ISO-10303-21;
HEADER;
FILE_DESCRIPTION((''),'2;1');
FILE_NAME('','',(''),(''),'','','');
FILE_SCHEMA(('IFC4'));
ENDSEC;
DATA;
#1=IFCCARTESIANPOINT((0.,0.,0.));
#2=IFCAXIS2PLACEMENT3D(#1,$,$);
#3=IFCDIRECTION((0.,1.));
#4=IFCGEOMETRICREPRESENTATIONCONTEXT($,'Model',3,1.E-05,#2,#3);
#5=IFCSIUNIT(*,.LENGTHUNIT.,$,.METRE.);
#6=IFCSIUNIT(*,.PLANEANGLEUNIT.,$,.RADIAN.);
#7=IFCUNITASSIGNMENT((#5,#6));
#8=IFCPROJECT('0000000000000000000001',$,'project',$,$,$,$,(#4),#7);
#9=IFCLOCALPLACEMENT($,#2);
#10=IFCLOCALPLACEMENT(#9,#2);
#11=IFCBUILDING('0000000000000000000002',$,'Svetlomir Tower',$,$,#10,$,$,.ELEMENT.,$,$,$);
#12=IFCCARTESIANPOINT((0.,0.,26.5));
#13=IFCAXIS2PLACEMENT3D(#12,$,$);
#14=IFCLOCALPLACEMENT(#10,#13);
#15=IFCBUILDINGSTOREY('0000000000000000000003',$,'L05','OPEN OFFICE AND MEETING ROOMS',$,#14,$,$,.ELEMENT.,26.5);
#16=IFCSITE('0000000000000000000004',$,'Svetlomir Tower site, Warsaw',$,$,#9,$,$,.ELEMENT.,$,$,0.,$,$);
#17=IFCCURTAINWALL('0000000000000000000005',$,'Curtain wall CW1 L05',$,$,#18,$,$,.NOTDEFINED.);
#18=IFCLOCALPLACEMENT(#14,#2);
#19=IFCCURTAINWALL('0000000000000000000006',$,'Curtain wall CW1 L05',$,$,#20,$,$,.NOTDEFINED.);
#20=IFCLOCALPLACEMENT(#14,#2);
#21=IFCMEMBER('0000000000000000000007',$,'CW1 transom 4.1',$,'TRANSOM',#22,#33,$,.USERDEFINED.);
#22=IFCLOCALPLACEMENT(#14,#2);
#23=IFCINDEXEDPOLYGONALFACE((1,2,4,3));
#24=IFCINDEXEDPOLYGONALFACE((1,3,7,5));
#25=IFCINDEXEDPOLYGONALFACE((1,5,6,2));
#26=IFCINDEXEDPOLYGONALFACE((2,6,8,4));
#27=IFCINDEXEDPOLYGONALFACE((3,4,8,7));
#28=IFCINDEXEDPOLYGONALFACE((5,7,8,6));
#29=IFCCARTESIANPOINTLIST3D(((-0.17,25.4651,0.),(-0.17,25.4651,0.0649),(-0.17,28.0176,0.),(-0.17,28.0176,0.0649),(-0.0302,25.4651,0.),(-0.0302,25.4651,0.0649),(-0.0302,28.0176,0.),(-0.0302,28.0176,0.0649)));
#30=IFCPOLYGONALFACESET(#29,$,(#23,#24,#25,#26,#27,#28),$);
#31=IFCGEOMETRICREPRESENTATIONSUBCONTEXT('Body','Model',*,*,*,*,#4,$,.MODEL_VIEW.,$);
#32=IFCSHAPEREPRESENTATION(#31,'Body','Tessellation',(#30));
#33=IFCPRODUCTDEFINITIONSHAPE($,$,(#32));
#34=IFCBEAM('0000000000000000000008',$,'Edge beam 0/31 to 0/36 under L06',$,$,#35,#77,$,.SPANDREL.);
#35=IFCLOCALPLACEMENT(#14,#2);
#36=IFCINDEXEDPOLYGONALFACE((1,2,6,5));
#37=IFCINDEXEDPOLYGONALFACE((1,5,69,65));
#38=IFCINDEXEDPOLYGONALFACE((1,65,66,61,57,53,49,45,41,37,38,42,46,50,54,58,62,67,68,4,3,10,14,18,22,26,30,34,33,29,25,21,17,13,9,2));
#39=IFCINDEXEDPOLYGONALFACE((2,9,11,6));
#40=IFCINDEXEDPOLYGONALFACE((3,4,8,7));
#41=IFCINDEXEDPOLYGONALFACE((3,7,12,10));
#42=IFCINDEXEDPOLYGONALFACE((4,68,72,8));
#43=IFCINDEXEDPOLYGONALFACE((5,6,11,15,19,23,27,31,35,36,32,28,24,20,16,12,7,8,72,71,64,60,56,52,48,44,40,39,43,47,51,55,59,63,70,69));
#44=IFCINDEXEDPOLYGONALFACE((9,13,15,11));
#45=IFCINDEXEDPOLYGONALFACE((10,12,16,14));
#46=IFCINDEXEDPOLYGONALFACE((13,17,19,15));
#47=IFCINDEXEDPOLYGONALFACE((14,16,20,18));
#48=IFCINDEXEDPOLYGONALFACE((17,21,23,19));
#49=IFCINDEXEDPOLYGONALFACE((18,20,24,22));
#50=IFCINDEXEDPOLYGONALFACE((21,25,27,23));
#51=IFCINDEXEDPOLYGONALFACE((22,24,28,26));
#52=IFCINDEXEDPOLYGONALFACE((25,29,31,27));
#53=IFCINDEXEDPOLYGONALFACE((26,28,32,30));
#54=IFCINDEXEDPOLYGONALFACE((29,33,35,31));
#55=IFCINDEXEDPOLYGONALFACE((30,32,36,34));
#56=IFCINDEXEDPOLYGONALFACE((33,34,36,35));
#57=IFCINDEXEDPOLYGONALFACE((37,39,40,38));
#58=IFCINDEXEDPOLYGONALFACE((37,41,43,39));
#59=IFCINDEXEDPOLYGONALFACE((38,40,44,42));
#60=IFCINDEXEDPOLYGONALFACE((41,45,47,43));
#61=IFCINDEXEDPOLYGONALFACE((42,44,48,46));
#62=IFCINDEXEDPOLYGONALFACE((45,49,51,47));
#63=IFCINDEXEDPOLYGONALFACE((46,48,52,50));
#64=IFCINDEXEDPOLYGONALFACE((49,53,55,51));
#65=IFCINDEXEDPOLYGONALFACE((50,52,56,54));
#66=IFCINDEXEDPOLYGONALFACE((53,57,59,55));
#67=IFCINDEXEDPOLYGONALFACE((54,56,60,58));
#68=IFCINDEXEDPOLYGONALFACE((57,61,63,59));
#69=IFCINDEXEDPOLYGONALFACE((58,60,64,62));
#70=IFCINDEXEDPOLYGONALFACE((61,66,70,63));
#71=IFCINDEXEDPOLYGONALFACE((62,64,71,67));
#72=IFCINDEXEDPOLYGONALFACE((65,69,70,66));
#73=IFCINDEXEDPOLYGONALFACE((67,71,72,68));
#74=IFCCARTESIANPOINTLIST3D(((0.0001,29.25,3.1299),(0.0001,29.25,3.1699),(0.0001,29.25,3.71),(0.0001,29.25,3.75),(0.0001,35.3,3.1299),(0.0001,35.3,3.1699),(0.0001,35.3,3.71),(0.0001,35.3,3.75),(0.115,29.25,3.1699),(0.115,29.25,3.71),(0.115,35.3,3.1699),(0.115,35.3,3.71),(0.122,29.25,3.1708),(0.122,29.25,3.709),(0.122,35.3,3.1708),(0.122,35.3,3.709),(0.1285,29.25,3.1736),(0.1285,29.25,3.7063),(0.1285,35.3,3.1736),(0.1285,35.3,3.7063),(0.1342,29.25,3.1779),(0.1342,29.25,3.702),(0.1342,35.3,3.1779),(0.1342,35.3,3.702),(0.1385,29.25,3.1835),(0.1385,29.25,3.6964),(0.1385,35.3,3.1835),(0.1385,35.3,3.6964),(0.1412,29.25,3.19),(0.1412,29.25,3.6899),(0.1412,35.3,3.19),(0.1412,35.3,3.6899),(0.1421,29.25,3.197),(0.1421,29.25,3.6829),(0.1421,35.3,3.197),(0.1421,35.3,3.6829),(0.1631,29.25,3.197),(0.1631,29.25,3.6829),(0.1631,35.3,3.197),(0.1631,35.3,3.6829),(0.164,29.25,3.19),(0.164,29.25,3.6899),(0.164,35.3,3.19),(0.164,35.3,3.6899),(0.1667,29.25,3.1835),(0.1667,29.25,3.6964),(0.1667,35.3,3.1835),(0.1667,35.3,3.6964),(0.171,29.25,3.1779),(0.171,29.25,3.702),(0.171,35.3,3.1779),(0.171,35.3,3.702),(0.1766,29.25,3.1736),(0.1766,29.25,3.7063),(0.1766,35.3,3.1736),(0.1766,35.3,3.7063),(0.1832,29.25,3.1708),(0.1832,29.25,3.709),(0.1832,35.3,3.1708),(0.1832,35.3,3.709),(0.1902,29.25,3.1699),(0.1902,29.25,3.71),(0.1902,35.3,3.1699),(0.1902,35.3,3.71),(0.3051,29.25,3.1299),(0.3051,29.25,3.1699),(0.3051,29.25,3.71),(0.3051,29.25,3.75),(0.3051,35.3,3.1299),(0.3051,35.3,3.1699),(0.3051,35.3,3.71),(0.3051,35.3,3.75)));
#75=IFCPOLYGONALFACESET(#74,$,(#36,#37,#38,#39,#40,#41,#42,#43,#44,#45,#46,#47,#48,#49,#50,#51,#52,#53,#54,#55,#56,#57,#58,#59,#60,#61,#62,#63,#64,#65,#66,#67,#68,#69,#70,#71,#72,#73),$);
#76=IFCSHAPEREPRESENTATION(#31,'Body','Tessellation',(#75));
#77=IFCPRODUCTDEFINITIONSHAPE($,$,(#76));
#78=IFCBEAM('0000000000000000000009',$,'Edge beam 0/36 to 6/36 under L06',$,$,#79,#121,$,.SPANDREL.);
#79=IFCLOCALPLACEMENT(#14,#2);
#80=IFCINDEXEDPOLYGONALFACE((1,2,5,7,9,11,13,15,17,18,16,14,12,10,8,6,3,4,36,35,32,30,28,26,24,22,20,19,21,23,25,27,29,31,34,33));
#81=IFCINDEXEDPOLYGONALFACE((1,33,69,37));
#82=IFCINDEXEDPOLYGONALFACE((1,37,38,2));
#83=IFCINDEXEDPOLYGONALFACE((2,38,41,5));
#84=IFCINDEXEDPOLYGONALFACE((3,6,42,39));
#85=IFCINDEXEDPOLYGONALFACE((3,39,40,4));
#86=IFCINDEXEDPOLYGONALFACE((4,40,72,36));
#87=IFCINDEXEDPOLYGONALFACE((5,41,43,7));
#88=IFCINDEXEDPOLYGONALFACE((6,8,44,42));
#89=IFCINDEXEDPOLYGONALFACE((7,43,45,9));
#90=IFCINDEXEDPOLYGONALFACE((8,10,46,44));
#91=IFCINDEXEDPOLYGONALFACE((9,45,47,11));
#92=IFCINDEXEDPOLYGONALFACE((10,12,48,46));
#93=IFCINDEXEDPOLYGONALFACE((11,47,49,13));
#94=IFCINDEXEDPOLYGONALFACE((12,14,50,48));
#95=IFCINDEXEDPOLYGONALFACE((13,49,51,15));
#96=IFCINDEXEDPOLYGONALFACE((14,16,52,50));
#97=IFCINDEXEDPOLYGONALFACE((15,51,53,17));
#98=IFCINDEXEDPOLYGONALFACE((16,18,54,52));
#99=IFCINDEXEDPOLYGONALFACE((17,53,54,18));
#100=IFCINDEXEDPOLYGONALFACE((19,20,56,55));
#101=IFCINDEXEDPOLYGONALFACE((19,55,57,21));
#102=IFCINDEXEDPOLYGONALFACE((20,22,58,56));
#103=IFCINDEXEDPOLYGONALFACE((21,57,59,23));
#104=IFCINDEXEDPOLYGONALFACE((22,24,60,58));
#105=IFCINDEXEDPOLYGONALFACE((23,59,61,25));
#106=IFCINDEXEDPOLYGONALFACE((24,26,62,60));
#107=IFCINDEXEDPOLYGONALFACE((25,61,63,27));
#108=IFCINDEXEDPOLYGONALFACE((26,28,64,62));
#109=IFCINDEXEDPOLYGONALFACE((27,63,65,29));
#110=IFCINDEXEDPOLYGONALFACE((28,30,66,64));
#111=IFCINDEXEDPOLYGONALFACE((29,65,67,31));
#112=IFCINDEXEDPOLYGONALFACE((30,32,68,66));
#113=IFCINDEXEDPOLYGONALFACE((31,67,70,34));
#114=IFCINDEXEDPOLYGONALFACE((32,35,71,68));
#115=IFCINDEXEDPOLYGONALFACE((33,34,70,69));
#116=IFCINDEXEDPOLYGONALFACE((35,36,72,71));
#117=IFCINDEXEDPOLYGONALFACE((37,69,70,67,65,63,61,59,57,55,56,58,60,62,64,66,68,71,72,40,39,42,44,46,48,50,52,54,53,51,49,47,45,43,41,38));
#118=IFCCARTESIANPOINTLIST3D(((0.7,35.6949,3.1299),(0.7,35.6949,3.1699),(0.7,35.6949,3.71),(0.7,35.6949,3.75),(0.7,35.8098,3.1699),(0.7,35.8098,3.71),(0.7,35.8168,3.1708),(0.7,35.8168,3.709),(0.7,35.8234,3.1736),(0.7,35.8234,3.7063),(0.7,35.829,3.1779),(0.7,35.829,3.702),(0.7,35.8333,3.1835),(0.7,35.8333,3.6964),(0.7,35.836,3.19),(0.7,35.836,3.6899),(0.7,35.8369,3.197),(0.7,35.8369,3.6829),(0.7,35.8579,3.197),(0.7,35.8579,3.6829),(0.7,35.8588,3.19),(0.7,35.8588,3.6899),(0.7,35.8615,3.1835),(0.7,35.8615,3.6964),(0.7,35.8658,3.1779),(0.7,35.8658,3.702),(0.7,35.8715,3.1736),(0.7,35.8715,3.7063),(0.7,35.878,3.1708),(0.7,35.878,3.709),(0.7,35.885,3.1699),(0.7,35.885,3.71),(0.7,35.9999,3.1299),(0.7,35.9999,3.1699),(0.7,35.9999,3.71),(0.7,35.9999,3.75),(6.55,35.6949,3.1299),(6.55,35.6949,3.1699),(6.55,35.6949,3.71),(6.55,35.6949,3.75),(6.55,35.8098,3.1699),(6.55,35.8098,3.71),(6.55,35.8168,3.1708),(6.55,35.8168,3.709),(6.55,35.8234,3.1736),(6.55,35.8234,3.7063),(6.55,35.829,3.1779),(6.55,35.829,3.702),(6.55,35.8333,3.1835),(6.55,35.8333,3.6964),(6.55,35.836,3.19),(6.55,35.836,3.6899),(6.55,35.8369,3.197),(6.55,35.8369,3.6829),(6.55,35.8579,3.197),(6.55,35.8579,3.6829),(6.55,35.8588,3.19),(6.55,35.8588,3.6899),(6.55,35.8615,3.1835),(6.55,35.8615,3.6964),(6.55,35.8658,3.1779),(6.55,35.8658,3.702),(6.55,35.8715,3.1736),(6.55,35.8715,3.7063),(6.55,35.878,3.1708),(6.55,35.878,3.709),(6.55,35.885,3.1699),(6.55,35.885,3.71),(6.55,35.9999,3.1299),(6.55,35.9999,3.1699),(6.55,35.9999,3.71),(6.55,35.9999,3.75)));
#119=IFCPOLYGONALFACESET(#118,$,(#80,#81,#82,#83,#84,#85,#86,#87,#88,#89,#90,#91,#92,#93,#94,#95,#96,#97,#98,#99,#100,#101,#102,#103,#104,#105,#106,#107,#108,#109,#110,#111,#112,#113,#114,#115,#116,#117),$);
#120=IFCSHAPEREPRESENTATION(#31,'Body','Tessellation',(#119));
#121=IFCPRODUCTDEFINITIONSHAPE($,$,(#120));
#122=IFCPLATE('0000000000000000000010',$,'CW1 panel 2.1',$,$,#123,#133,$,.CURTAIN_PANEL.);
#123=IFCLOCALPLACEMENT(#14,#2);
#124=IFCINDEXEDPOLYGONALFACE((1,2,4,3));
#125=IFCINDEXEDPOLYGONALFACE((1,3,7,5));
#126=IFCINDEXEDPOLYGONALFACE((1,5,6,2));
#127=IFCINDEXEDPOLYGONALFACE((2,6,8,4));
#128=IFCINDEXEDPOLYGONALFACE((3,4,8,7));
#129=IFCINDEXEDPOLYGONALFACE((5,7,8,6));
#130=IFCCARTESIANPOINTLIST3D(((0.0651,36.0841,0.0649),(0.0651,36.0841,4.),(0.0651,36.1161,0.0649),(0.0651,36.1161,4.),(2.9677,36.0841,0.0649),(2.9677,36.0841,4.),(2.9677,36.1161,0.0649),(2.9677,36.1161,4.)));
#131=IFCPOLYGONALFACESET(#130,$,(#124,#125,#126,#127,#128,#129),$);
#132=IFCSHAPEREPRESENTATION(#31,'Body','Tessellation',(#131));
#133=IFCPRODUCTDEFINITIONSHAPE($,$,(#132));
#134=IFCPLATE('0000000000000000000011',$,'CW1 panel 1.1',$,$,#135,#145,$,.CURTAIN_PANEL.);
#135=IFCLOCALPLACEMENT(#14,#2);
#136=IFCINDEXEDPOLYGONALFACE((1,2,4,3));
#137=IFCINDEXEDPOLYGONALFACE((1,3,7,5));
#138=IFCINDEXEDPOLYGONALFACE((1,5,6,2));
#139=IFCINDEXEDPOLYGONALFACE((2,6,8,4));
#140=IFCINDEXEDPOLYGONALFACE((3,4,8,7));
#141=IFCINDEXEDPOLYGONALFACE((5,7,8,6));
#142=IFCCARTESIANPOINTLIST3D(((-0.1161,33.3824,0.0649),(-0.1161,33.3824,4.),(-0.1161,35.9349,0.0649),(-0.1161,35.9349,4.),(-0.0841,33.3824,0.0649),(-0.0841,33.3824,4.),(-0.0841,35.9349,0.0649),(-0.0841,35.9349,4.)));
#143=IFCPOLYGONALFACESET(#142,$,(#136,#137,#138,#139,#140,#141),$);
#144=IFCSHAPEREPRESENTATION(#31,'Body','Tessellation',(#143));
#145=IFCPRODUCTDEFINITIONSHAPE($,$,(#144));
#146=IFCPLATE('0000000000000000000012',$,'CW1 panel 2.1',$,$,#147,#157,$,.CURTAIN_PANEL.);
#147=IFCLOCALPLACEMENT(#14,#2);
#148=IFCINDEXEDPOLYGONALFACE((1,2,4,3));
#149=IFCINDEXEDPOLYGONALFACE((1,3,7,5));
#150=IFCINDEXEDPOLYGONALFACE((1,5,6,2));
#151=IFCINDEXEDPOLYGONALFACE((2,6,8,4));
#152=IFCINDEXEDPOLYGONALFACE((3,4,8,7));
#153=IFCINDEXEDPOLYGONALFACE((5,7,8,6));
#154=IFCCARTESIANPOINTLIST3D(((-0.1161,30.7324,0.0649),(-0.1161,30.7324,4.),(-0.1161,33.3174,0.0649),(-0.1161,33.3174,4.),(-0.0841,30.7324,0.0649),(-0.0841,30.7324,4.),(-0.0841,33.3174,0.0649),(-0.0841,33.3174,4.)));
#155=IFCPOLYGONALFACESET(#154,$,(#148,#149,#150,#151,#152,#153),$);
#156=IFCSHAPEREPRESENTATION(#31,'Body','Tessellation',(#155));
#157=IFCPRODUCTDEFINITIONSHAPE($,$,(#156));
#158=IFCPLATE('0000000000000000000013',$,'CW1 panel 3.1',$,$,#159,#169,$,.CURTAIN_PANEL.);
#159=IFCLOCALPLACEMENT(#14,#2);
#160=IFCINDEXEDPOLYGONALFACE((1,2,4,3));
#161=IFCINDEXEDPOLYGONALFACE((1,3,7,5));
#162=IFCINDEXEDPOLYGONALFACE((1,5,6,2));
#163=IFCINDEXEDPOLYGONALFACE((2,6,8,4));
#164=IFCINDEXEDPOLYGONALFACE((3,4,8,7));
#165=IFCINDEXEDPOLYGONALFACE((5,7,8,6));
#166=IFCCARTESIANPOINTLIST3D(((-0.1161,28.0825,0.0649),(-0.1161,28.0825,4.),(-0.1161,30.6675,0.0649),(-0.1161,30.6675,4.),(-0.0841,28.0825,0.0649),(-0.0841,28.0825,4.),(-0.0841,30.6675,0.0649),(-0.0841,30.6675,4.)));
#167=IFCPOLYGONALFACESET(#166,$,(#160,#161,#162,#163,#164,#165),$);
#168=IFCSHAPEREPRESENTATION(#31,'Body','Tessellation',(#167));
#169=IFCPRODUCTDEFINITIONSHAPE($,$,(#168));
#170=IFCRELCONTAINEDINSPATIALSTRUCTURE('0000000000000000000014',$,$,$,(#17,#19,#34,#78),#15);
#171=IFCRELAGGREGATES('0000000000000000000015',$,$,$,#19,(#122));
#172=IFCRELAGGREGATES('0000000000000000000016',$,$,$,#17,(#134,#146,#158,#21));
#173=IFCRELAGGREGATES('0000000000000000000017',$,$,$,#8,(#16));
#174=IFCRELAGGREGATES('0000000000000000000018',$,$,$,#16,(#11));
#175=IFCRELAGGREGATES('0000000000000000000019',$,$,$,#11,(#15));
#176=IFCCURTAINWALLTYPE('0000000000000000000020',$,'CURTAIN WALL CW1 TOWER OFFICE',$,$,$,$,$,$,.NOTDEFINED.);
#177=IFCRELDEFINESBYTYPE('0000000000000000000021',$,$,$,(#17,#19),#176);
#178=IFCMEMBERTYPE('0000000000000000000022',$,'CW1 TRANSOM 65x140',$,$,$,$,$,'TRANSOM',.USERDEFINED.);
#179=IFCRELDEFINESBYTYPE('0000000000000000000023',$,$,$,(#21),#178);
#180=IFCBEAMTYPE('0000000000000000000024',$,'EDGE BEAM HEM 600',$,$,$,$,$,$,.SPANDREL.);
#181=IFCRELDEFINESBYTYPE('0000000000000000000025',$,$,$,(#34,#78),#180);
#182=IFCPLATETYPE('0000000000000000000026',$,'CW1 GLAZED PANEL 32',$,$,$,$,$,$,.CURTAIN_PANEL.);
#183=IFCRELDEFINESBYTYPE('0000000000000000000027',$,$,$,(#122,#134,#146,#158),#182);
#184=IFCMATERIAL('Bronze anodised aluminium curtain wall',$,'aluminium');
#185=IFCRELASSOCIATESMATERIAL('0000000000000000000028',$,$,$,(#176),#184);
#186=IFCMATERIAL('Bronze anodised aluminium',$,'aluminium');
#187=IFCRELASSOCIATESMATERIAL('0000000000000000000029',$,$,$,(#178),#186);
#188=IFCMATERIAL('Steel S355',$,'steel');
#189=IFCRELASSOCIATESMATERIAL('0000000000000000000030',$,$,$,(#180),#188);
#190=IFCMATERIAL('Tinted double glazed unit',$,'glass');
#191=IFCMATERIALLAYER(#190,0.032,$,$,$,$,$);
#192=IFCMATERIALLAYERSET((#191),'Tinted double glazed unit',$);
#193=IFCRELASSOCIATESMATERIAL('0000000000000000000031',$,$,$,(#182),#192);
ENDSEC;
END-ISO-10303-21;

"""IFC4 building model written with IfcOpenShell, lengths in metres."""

from ifc_helpers import new_model, si_unit, direction, frame, origin, origin_2d, place, context, subcontext, project, spatial, rectangle, i_section, extrude, material, layer, layer_set, material_profile, profile_set, type_object, element, aggregate, save


model = new_model("IFC4")

# Units and contexts
model_context = context("Model", 3, precision=1e-05, world=origin(), true_north=direction((0.0, 1.0)))
body_context = subcontext(model_context, "Body", "Model", "MODEL_VIEW")
ifc_project = project(units=[si_unit("LENGTHUNIT", "METRE"), si_unit("PLANEANGLEUNIT", "RADIAN")], contexts=[model_context])

# Site, building, storey
site_placement = place(None, origin())
site = spatial("IfcSite", under=ifc_project, at=site_placement, Name="Svetlomir Tower site, Warsaw", CompositionType="ELEMENT", RefElevation=0.0)
building_placement = place(site_placement, origin())
building = spatial("IfcBuilding", under=site, at=building_placement, Name="Svetlomir Tower", CompositionType="ELEMENT")
storey_placement = place(building_placement, frame((0.0, 0.0, 26.5)))
storey = spatial("IfcBuildingStorey", under=building, at=storey_placement, Name="L05", Description="OPEN OFFICE AND MEETING ROOMS", CompositionType="ELEMENT", Elevation=26.5)

# Curtain walls
ifc_material_1 = material(Name="Bronze anodised aluminium curtain wall", Category="aluminium")
curtain_wall_type = type_object("IfcCurtainWallType", Name="CURTAIN WALL CW1 TOWER OFFICE", PredefinedType="NOTDEFINED", material=ifc_material_1)
curtain_wall_1_placement = place(storey_placement, origin())
curtain_wall_1 = element("IfcCurtainWall", 1, at=curtain_wall_1_placement, inside=storey, type_object=curtain_wall_type, Name="Curtain wall CW1 L05", PredefinedType="NOTDEFINED")
curtain_wall_2_placement = place(storey_placement, origin())
curtain_wall_2 = element("IfcCurtainWall", 2, at=curtain_wall_2_placement, inside=storey, type_object=curtain_wall_type, Name="Curtain wall CW1 L05", PredefinedType="NOTDEFINED")

# Member
ifc_material_2 = material(Name="Bronze anodised aluminium", Category="aluminium")
ifc_material_profile_1 = material_profile(ifc_material_2, rectangle(XDim=0.1399, YDim=0.0649, at=origin_2d()), Name="AL 140x65")
ifc_profile_set_1 = profile_set([ifc_material_profile_1], Name="Bronze anodised aluminium 6063-T6")
member_type_1 = type_object("IfcMemberType", Name="CW1 TRANSOM 65x140", ElementType="TRANSOM", PredefinedType="USERDEFINED", material=ifc_profile_set_1)
member_1_placement = place(storey_placement, frame((-0.1001, 28.0176, 0.0325), z_axis=(0.0, -1.0, 0.0), x_axis=(1.0, 0.0, 0.0)))
member_1 = element("IfcMember", 3, at=member_1_placement, type_object=member_type_1, Name="CW1 transom 4.1", ObjectType="TRANSOM", PredefinedType="USERDEFINED", context=body_context, shape_type="SweptSolid", body=[
    extrude(rectangle(XDim=0.1399, YDim=0.0649, at=origin_2d()), origin(), (0.0, 0.0, 1.0), 2.5525),
])

# Beams
ifc_material_3 = material(Name="Steel S355", Category="steel")
ifc_material_profile_2 = material_profile(ifc_material_3, i_section(OverallWidth=0.3049, OverallDepth=0.6201, WebThickness=0.021, FlangeThickness=0.04, FilletRadius=0.0271, at=origin_2d()), Name="HEM 600")
ifc_profile_set_2 = profile_set([ifc_material_profile_2], Name="Steel S355")
beam_type = type_object("IfcBeamType", Name="EDGE BEAM HEM 600", PredefinedType="SPANDREL", material=ifc_profile_set_2)
beam_1_placement = place(storey_placement, frame((0.1526, 29.25, 3.4399), z_axis=(0.0, 1.0, 0.0), x_axis=(-1.0, 0.0, 0.0)))
element("IfcBeam", 4, at=beam_1_placement, inside=storey, type_object=beam_type, Name="Edge beam 0/31 to 0/36 under L06", PredefinedType="SPANDREL", context=body_context, shape_type="SweptSolid", body=[
    extrude(i_section(OverallWidth=0.3049, OverallDepth=0.6201, WebThickness=0.021, FlangeThickness=0.04, FilletRadius=0.0271, at=origin_2d()), origin(), (0.0, 0.0, 1.0), 6.05),
])
beam_2_placement = place(storey_placement, frame((0.7, 35.8474, 3.4399), z_axis=(1.0, 0.0, 0.0), x_axis=(0.0, 1.0, 0.0)))
element("IfcBeam", 5, at=beam_2_placement, inside=storey, type_object=beam_type, Name="Edge beam 0/36 to 6/36 under L06", PredefinedType="SPANDREL", context=body_context, shape_type="SweptSolid", body=[
    extrude(i_section(OverallWidth=0.3049, OverallDepth=0.6201, WebThickness=0.021, FlangeThickness=0.04, FilletRadius=0.0271, at=origin_2d()), origin(), (0.0, 0.0, 1.0), 5.8501),
])

# Plates
ifc_material_4 = material(Name="Tinted double glazed unit", Category="glass")
ifc_layer_1 = layer(ifc_material_4, 0.032)
ifc_layer_set_1 = layer_set([ifc_layer_1], Name="Tinted double glazed unit")
plate_type = type_object("IfcPlateType", Name="CW1 GLAZED PANEL 32", PredefinedType="CURTAIN_PANEL", material=ifc_layer_set_1)
plate_1_placement = place(storey_placement, frame((1.5164, 36.1001, 0.0649), z_axis=(0.0, 0.0, 1.0), x_axis=(-1.0, 0.0, 0.0)))
plate_1 = element("IfcPlate", 6, at=plate_1_placement, type_object=plate_type, Name="CW1 panel 2.1", PredefinedType="CURTAIN_PANEL", context=body_context, shape_type="SweptSolid", body=[
    extrude(rectangle(XDim=2.9026, YDim=0.032, at=origin_2d()), origin(), (0.0, 0.0, 1.0), 3.9351),
])
aggregate(curtain_wall_2, [plate_1])
plate_2_placement = place(storey_placement, frame((-0.1001, 34.6587, 0.0649), z_axis=(0.0, 0.0, 1.0), x_axis=(0.0, -1.0, 0.0)))
plate_2 = element("IfcPlate", 7, at=plate_2_placement, type_object=plate_type, Name="CW1 panel 1.1", PredefinedType="CURTAIN_PANEL", context=body_context, shape_type="SweptSolid", body=[
    extrude(rectangle(XDim=2.5525, YDim=0.032, at=origin_2d()), origin(), (0.0, 0.0, 1.0), 3.9351),
])
plate_3_placement = place(storey_placement, frame((-0.1001, 32.0249, 0.0649), z_axis=(0.0, 0.0, 1.0), x_axis=(0.0, -1.0, 0.0)))
plate_3 = element("IfcPlate", 8, at=plate_3_placement, type_object=plate_type, Name="CW1 panel 2.1", PredefinedType="CURTAIN_PANEL", context=body_context, shape_type="SweptSolid", body=[
    extrude(rectangle(XDim=2.585, YDim=0.032, at=origin_2d()), origin(), (0.0, 0.0, 1.0), 3.9351),
])
plate_4_placement = place(storey_placement, frame((-0.1001, 29.375, 0.0649), z_axis=(0.0, 0.0, 1.0), x_axis=(0.0, -1.0, 0.0)))
plate_4 = element("IfcPlate", 9, at=plate_4_placement, type_object=plate_type, Name="CW1 panel 3.1", PredefinedType="CURTAIN_PANEL", context=body_context, shape_type="SweptSolid", body=[
    extrude(rectangle(XDim=2.585, YDim=0.032, at=origin_2d()), origin(), (0.0, 0.0, 1.0), 3.9351),
])
aggregate(curtain_wall_1, [plate_2, plate_3, plate_4, member_1])

save(model, "model.ifc")
